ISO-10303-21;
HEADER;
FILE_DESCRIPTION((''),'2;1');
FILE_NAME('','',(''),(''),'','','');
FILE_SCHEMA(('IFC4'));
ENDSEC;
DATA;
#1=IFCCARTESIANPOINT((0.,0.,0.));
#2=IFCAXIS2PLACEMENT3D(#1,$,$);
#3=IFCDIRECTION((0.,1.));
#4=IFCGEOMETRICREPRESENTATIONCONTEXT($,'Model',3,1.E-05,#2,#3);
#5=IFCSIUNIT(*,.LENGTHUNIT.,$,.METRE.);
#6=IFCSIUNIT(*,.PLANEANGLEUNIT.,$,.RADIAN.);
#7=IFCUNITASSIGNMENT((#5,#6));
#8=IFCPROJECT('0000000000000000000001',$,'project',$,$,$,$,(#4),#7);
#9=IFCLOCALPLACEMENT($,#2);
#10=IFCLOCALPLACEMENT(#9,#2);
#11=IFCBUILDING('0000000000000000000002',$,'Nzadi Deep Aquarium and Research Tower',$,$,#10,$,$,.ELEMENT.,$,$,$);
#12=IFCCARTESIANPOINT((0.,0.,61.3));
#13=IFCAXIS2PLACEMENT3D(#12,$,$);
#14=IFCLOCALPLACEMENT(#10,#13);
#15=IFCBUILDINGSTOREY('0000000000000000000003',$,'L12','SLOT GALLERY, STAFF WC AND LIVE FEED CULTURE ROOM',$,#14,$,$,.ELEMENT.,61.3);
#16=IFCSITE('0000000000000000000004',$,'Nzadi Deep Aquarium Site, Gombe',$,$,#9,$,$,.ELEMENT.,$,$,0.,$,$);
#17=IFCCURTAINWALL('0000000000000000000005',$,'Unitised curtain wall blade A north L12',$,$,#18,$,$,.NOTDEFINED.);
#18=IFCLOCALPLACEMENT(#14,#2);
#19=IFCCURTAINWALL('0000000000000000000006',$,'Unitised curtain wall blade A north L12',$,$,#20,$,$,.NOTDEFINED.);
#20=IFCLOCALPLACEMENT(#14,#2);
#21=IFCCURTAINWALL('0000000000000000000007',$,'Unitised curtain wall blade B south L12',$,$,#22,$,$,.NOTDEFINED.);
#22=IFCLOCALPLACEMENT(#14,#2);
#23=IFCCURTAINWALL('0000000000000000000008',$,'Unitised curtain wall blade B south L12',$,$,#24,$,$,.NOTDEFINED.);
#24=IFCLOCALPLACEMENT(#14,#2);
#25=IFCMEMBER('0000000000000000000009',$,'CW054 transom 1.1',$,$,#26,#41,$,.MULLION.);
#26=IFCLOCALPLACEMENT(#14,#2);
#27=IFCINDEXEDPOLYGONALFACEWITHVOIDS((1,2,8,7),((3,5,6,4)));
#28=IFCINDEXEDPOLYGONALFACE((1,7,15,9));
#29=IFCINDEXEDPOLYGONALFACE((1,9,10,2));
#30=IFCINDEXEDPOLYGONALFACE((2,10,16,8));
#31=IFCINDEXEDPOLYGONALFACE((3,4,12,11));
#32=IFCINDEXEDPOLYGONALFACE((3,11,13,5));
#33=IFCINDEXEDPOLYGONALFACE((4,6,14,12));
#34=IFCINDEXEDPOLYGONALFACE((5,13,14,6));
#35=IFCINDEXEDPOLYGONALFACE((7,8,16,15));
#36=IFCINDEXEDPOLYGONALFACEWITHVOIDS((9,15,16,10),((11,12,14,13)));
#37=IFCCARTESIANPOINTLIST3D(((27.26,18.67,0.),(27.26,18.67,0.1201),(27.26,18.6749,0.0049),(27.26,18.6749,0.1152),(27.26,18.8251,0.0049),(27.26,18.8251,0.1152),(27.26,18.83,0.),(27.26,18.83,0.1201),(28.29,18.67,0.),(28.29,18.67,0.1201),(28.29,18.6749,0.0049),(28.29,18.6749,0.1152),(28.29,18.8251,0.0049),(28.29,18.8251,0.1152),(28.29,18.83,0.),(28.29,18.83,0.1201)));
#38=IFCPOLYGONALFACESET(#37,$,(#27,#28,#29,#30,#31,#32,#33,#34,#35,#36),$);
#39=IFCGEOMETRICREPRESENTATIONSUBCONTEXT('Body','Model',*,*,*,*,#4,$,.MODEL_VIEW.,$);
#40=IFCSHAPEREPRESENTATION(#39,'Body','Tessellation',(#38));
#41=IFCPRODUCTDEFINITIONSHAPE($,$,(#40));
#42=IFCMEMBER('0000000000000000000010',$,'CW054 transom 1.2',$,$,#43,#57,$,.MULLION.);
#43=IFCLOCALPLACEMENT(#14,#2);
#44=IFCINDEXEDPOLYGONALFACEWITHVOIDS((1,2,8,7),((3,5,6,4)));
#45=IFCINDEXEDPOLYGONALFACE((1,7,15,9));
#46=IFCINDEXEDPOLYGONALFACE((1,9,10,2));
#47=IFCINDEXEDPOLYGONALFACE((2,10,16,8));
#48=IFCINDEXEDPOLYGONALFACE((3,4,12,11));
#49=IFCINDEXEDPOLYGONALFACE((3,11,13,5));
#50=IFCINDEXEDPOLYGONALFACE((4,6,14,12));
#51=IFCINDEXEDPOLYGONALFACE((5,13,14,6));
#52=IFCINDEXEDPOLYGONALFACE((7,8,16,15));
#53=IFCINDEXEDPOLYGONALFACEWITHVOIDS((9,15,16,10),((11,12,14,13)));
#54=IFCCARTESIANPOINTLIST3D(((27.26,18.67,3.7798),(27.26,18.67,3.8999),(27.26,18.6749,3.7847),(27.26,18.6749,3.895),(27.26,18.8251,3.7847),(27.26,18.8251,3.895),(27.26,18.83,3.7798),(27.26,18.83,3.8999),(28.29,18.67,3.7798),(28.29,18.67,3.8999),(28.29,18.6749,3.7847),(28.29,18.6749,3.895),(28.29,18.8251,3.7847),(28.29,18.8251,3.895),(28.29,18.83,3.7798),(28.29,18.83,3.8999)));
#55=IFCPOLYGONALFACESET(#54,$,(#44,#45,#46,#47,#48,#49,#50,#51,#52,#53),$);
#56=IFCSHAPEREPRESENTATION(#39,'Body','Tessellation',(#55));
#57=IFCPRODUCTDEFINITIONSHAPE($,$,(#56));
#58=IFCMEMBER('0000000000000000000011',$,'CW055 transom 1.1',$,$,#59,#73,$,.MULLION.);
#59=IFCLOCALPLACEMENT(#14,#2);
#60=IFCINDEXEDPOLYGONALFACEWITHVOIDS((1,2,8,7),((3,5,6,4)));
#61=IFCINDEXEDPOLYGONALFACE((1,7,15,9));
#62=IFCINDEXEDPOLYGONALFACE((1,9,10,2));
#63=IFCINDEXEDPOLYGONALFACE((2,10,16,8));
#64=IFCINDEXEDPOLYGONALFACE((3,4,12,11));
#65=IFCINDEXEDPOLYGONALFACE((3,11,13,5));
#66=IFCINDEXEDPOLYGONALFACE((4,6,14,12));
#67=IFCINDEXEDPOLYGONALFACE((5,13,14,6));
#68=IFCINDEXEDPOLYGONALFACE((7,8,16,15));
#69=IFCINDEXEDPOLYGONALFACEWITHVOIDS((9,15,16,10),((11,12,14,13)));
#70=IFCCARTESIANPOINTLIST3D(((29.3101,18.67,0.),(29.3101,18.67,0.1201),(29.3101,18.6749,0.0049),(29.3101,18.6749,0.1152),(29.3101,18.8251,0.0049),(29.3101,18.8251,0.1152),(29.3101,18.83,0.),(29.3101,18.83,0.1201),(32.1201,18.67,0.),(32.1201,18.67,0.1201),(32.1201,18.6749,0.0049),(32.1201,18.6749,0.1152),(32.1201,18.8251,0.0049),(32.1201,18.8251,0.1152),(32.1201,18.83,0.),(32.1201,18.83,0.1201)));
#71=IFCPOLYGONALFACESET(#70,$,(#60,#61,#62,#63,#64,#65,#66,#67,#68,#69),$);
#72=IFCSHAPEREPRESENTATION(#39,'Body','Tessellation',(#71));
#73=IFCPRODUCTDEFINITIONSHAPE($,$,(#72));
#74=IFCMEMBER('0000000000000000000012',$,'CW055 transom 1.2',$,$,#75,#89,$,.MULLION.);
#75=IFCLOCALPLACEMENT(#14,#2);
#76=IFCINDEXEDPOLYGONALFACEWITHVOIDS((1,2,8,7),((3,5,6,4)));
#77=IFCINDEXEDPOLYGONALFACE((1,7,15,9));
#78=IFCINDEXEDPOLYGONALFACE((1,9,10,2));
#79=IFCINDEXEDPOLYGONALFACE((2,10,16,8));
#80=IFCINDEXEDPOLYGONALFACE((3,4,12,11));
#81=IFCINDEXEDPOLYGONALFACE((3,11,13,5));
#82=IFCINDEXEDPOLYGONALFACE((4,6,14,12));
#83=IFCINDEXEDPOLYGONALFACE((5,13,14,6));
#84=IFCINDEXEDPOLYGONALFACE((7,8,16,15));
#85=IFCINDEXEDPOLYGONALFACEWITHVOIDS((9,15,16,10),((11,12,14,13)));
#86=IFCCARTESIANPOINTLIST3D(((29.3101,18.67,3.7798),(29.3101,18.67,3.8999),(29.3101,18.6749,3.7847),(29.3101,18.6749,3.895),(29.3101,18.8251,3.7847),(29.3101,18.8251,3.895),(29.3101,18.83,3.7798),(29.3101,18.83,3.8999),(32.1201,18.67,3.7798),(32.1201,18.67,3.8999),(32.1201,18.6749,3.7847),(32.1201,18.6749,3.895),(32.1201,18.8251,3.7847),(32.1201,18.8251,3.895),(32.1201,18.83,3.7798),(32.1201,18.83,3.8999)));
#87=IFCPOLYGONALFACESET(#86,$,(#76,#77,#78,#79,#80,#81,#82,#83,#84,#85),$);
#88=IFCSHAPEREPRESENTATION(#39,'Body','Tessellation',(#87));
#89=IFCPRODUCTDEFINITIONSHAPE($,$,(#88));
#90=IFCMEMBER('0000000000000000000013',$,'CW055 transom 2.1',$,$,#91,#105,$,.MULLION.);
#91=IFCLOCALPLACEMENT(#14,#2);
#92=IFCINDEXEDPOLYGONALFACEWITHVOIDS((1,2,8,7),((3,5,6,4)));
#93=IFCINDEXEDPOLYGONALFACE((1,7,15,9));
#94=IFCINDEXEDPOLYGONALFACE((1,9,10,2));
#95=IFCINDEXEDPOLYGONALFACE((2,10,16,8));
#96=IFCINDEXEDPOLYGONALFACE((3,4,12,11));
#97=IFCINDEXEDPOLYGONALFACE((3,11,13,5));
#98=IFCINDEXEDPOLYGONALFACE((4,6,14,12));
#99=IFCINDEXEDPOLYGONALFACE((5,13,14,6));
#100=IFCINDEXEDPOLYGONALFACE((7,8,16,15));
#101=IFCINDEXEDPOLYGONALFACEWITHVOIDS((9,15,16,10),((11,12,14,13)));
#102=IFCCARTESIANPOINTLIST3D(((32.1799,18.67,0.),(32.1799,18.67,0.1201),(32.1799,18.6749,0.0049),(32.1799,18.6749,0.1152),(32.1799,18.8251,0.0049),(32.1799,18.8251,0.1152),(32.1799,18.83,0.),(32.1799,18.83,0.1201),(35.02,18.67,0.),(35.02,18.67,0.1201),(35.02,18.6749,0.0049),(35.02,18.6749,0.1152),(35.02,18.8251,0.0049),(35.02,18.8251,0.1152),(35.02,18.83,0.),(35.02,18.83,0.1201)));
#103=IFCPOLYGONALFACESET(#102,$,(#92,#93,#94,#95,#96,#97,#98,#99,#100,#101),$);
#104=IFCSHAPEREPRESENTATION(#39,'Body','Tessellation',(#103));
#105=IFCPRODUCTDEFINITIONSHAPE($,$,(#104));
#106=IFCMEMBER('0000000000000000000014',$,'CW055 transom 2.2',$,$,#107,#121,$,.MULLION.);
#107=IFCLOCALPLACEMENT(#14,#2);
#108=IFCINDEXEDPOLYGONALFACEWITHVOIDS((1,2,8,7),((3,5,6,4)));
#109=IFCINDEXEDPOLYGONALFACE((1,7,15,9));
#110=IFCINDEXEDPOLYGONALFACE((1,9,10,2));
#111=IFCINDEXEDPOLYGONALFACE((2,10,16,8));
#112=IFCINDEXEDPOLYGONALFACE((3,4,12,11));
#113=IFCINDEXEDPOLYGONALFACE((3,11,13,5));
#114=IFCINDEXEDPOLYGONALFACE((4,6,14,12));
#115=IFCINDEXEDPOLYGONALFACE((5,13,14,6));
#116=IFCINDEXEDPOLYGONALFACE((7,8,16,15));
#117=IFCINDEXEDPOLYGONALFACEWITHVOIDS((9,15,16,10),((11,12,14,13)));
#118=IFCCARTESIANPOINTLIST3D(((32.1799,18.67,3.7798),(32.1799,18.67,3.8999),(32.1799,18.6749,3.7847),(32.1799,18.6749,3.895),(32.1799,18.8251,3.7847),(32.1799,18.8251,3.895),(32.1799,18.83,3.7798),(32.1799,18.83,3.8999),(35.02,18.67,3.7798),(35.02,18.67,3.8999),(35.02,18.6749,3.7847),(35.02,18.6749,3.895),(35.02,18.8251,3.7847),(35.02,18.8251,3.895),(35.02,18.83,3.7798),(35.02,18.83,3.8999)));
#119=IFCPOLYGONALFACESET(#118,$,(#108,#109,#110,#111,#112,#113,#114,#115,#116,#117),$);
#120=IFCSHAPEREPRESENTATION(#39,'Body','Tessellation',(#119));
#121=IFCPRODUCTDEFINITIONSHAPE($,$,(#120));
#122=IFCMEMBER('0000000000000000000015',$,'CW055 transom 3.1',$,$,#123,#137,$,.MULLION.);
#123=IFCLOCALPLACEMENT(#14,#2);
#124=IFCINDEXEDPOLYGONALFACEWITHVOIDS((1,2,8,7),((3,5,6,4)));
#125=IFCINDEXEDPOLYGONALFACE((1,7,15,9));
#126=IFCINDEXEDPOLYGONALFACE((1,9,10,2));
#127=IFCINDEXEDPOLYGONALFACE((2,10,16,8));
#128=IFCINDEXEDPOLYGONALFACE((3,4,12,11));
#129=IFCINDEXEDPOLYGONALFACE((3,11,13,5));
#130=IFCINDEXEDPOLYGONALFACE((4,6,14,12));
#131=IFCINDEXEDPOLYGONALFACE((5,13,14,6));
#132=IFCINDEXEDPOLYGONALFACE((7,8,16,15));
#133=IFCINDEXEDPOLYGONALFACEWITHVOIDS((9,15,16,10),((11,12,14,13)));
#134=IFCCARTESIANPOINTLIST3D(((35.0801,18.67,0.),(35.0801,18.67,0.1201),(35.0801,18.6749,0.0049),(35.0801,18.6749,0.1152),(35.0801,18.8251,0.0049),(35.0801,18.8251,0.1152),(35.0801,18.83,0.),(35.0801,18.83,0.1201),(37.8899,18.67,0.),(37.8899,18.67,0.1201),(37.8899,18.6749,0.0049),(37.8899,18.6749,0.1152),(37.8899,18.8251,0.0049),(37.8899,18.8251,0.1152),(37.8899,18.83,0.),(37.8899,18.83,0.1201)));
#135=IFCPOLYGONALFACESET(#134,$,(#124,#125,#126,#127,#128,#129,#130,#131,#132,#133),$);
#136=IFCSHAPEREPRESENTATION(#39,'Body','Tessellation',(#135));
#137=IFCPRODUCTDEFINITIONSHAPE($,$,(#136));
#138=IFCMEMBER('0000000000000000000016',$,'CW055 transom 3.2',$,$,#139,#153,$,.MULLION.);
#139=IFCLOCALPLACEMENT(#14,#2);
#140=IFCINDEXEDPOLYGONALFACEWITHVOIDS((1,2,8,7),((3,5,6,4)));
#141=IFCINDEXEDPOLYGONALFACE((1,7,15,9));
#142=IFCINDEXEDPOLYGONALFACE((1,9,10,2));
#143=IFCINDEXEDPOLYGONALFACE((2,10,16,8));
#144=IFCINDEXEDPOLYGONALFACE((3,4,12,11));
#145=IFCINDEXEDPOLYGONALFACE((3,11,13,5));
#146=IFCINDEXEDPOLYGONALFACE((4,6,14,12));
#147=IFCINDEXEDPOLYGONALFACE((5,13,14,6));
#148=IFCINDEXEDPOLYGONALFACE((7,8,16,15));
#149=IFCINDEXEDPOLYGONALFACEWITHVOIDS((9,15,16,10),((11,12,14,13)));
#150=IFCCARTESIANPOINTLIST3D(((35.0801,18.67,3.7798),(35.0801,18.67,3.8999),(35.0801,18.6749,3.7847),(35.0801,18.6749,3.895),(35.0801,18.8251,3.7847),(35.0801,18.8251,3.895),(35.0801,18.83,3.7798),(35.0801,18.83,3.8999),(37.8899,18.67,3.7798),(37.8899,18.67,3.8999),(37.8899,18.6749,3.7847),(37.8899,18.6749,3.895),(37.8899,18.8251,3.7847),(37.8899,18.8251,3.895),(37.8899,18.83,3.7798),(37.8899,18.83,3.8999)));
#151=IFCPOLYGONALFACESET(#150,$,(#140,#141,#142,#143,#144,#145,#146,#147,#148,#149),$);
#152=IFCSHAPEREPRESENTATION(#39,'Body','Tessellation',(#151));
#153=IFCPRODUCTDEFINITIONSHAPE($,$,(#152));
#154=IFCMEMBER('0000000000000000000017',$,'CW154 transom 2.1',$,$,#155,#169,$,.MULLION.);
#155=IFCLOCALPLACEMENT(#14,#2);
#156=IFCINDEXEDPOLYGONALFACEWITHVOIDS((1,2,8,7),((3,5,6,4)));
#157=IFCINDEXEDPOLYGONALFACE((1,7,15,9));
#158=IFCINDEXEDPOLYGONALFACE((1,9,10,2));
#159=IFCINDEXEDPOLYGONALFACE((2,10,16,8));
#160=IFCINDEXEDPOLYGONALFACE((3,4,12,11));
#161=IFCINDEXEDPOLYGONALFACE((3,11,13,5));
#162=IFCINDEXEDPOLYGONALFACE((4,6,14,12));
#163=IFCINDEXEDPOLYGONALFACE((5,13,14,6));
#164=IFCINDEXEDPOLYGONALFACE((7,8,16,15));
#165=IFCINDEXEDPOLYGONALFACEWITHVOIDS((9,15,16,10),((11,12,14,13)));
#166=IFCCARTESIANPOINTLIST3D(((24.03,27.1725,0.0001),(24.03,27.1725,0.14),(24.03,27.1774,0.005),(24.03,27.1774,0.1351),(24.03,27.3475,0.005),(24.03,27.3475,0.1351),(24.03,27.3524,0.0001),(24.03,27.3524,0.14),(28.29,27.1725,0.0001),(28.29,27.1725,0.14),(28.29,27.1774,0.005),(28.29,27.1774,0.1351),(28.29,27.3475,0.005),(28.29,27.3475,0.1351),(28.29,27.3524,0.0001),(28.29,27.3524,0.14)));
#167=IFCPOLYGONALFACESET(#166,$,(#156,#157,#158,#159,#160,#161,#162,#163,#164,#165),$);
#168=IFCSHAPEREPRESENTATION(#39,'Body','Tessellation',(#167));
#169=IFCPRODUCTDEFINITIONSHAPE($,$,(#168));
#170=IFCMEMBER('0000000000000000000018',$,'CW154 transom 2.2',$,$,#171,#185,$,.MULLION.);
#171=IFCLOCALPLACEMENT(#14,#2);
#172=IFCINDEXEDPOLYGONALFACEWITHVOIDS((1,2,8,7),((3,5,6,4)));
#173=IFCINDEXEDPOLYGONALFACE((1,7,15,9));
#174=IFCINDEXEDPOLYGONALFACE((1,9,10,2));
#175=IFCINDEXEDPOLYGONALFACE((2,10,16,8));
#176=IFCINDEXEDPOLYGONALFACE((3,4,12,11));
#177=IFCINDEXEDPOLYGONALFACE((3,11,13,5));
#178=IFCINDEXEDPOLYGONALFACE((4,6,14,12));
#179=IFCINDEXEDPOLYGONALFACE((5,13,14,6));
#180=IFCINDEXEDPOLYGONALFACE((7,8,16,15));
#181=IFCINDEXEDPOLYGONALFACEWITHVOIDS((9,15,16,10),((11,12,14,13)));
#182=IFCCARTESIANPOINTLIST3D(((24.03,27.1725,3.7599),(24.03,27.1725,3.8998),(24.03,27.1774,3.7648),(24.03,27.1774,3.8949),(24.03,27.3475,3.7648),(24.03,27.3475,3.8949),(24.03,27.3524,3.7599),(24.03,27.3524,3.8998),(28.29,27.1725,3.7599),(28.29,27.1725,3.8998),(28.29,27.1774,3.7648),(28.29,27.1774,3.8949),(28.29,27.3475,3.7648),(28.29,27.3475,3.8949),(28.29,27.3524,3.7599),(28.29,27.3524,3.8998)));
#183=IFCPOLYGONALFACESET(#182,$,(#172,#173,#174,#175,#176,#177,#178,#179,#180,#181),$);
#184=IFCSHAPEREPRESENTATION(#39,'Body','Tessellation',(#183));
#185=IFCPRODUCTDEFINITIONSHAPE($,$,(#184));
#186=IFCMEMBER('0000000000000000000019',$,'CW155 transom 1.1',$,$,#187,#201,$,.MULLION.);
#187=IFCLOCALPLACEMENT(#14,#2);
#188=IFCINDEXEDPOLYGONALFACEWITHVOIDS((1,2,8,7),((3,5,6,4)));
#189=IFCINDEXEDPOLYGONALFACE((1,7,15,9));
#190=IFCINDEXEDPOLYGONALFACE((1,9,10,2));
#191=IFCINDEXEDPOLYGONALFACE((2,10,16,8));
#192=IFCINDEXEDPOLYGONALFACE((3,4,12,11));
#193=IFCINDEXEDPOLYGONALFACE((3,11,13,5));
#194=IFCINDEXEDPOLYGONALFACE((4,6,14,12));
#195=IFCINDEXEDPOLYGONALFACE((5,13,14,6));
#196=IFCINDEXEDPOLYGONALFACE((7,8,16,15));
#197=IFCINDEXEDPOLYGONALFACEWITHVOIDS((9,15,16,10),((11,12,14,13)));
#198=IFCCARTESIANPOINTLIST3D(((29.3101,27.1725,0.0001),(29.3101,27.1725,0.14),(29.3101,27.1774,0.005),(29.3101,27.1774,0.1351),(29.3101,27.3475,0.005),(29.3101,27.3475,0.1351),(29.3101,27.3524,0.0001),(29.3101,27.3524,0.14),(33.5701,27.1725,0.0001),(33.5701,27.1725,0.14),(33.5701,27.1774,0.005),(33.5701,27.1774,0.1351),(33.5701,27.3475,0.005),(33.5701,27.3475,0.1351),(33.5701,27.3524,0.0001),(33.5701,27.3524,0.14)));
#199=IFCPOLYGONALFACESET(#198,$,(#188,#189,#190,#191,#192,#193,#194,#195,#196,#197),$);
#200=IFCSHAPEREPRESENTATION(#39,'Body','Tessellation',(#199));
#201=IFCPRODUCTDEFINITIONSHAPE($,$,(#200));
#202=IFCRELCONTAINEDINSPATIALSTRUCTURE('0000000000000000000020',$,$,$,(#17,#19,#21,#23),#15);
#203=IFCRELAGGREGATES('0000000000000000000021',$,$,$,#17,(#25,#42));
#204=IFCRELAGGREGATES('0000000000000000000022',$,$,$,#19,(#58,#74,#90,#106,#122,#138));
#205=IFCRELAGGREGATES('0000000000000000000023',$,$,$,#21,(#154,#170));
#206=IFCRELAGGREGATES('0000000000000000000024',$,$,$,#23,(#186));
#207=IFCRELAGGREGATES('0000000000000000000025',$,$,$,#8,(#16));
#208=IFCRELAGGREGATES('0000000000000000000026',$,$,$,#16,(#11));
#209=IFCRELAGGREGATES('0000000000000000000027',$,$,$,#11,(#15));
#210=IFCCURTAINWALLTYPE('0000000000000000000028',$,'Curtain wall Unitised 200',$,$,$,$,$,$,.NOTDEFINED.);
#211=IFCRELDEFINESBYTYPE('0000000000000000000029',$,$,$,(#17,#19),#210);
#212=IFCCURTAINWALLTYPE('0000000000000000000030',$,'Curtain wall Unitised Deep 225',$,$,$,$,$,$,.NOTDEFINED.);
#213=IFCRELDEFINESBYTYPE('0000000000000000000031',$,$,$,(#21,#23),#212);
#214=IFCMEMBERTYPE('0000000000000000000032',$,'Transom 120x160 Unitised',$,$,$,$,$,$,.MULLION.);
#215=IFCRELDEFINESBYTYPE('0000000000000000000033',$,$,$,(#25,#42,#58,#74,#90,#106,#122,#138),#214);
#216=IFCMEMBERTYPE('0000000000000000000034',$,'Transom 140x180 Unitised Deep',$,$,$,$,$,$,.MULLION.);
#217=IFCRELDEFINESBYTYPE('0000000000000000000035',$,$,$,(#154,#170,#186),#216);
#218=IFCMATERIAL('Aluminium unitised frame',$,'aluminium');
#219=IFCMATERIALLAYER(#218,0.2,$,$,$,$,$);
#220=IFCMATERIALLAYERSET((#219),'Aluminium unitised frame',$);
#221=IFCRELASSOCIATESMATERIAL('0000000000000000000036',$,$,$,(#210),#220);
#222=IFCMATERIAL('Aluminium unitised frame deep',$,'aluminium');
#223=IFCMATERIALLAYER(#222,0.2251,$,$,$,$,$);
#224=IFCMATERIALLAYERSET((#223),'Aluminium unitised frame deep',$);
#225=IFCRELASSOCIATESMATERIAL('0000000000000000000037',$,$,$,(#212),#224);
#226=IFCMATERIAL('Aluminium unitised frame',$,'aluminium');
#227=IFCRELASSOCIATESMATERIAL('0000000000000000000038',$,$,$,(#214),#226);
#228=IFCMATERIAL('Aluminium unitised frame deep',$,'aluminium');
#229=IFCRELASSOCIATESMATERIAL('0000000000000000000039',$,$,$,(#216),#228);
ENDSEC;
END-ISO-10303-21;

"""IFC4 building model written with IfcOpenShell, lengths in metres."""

from ifc_helpers import new_model, si_unit, direction, frame, origin, origin_2d, place, context, subcontext, project, spatial, hollow_rectangle, extrude, material, layer, layer_set, material_profile, profile_set, type_object, element, aggregate, save


model = new_model("IFC4")

# Units and contexts
model_context = context("Model", 3, precision=1e-05, world=origin(), true_north=direction((0.0, 1.0)))
body_context = subcontext(model_context, "Body", "Model", "MODEL_VIEW")
ifc_project = project(units=[si_unit("LENGTHUNIT", "METRE"), si_unit("PLANEANGLEUNIT", "RADIAN")], contexts=[model_context])

# Site, building, storey
site_placement = place(None, origin())
site = spatial("IfcSite", under=ifc_project, at=site_placement, Name="Nzadi Deep Aquarium Site, Gombe", CompositionType="ELEMENT", RefElevation=0.0)
building_placement = place(site_placement, origin())
building = spatial("IfcBuilding", under=site, at=building_placement, Name="Nzadi Deep Aquarium and Research Tower", CompositionType="ELEMENT")
storey_placement = place(building_placement, frame((0.0, 0.0, 61.3)))
storey = spatial("IfcBuildingStorey", under=building, at=storey_placement, Name="L12", Description="SLOT GALLERY, STAFF WC AND LIVE FEED CULTURE ROOM", CompositionType="ELEMENT", Elevation=61.3)

# Curtain walls
ifc_material_1 = material(Name="Aluminium unitised frame", Category="aluminium")
ifc_layer_1 = layer(ifc_material_1, 0.2)
ifc_layer_set_1 = layer_set([ifc_layer_1], Name="Aluminium unitised frame")
curtain_wall_type_1 = type_object("IfcCurtainWallType", Name="Curtain wall Unitised 200", PredefinedType="NOTDEFINED", material=ifc_layer_set_1)
curtain_wall_1_placement = place(storey_placement, origin())
curtain_wall_1 = element("IfcCurtainWall", 1, at=curtain_wall_1_placement, inside=storey, type_object=curtain_wall_type_1, Name="Unitised curtain wall blade A north L12", PredefinedType="NOTDEFINED")
curtain_wall_2_placement = place(storey_placement, origin())
curtain_wall_2 = element("IfcCurtainWall", 2, at=curtain_wall_2_placement, inside=storey, type_object=curtain_wall_type_1, Name="Unitised curtain wall blade A north L12", PredefinedType="NOTDEFINED")
ifc_material_2 = material(Name="Aluminium unitised frame deep", Category="aluminium")
ifc_layer_2 = layer(ifc_material_2, 0.2251)
ifc_layer_set_2 = layer_set([ifc_layer_2], Name="Aluminium unitised frame deep")
curtain_wall_type_2 = type_object("IfcCurtainWallType", Name="Curtain wall Unitised Deep 225", PredefinedType="NOTDEFINED", material=ifc_layer_set_2)
curtain_wall_3_placement = place(storey_placement, origin())
curtain_wall_3 = element("IfcCurtainWall", 3, at=curtain_wall_3_placement, inside=storey, type_object=curtain_wall_type_2, Name="Unitised curtain wall blade B south L12", PredefinedType="NOTDEFINED")
curtain_wall_4_placement = place(storey_placement, origin())
curtain_wall_4 = element("IfcCurtainWall", 4, at=curtain_wall_4_placement, inside=storey, type_object=curtain_wall_type_2, Name="Unitised curtain wall blade B south L12", PredefinedType="NOTDEFINED")

# Members
ifc_material_3 = material(Name="Aluminium unitised frame", Category="aluminium")
ifc_material_profile_1 = material_profile(ifc_material_3, hollow_rectangle(XDim=0.1599, YDim=0.1201, WallThickness=0.0049, at=origin_2d()))
ifc_profile_set_1 = profile_set([ifc_material_profile_1], Name="Aluminium unitised frame")
member_type_1 = type_object("IfcMemberType", Name="Transom 120x160 Unitised", PredefinedType="MULLION", material=ifc_profile_set_1)
member_1_placement = place(storey_placement, frame((27.26, 18.75, 0.0601), z_axis=(1.0, 0.0, 0.0), x_axis=(0.0, 1.0, 0.0)))
member_1 = element("IfcMember", 5, at=member_1_placement, type_object=member_type_1, Name="CW054 transom 1.1", PredefinedType="MULLION", context=body_context, shape_type="SweptSolid", body=[
    extrude(hollow_rectangle(XDim=0.1599, YDim=0.1201, WallThickness=0.0049, at=origin_2d()), origin(), (0.0, 0.0, 1.0), 1.03),
])
member_2_placement = place(storey_placement, frame((27.26, 18.75, 3.8398), z_axis=(1.0, 0.0, 0.0), x_axis=(0.0, 1.0, 0.0)))
member_2 = element("IfcMember", 6, at=member_2_placement, type_object=member_type_1, Name="CW054 transom 1.2", PredefinedType="MULLION", context=body_context, shape_type="SweptSolid", body=[
    extrude(hollow_rectangle(XDim=0.1599, YDim=0.1201, WallThickness=0.0049, at=origin_2d()), origin(), (0.0, 0.0, 1.0), 1.03),
])
member_3_placement = place(storey_placement, frame((29.3101, 18.75, 0.0601), z_axis=(1.0, 0.0, 0.0), x_axis=(0.0, 1.0, 0.0)))
member_3 = element("IfcMember", 7, at=member_3_placement, type_object=member_type_1, Name="CW055 transom 1.1", PredefinedType="MULLION", context=body_context, shape_type="SweptSolid", body=[
    extrude(hollow_rectangle(XDim=0.1599, YDim=0.1201, WallThickness=0.0049, at=origin_2d()), origin(), (0.0, 0.0, 1.0), 2.8101),
])
member_4_placement = place(storey_placement, frame((29.3101, 18.75, 3.8398), z_axis=(1.0, 0.0, 0.0), x_axis=(0.0, 1.0, 0.0)))
member_4 = element("IfcMember", 8, at=member_4_placement, type_object=member_type_1, Name="CW055 transom 1.2", PredefinedType="MULLION", context=body_context, shape_type="SweptSolid", body=[
    extrude(hollow_rectangle(XDim=0.1599, YDim=0.1201, WallThickness=0.0049, at=origin_2d()), origin(), (0.0, 0.0, 1.0), 2.8101),
])
member_5_placement = place(storey_placement, frame((32.1799, 18.75, 0.0601), z_axis=(1.0, 0.0, 0.0), x_axis=(0.0, 1.0, 0.0)))
member_5 = element("IfcMember", 9, at=member_5_placement, type_object=member_type_1, Name="CW055 transom 2.1", PredefinedType="MULLION", context=body_context, shape_type="SweptSolid", body=[
    extrude(hollow_rectangle(XDim=0.1599, YDim=0.1201, WallThickness=0.0049, at=origin_2d()), origin(), (0.0, 0.0, 1.0), 2.8401),
])
member_6_placement = place(storey_placement, frame((32.1799, 18.75, 3.8398), z_axis=(1.0, 0.0, 0.0), x_axis=(0.0, 1.0, 0.0)))
member_6 = element("IfcMember", 10, at=member_6_placement, type_object=member_type_1, Name="CW055 transom 2.2", PredefinedType="MULLION", context=body_context, shape_type="SweptSolid", body=[
    extrude(hollow_rectangle(XDim=0.1599, YDim=0.1201, WallThickness=0.0049, at=origin_2d()), origin(), (0.0, 0.0, 1.0), 2.8401),
])
member_7_placement = place(storey_placement, frame((35.0801, 18.75, 0.0601), z_axis=(1.0, 0.0, 0.0), x_axis=(0.0, 1.0, 0.0)))
member_7 = element("IfcMember", 11, at=member_7_placement, type_object=member_type_1, Name="CW055 transom 3.1", PredefinedType="MULLION", context=body_context, shape_type="SweptSolid", body=[
    extrude(hollow_rectangle(XDim=0.1599, YDim=0.1201, WallThickness=0.0049, at=origin_2d()), origin(), (0.0, 0.0, 1.0), 2.8098),
])
member_8_placement = place(storey_placement, frame((35.0801, 18.75, 3.8398), z_axis=(1.0, 0.0, 0.0), x_axis=(0.0, 1.0, 0.0)))
member_8 = element("IfcMember", 12, at=member_8_placement, type_object=member_type_1, Name="CW055 transom 3.2", PredefinedType="MULLION", context=body_context, shape_type="SweptSolid", body=[
    extrude(hollow_rectangle(XDim=0.1599, YDim=0.1201, WallThickness=0.0049, at=origin_2d()), origin(), (0.0, 0.0, 1.0), 2.8098),
])
ifc_material_4 = material(Name="Aluminium unitised frame deep", Category="aluminium")
ifc_material_profile_2 = material_profile(ifc_material_4, hollow_rectangle(XDim=0.1799, YDim=0.1399, WallThickness=0.0049, at=origin_2d()))
ifc_profile_set_2 = profile_set([ifc_material_profile_2], Name="Aluminium unitised frame deep")
member_type_2 = type_object("IfcMemberType", Name="Transom 140x180 Unitised Deep", PredefinedType="MULLION", material=ifc_profile_set_2)
member_9_placement = place(storey_placement, frame((24.03, 27.2625, 0.0701), z_axis=(1.0, 0.0, 0.0), x_axis=(0.0, 1.0, 0.0)))
member_9 = element("IfcMember", 13, at=member_9_placement, type_object=member_type_2, Name="CW154 transom 2.1", PredefinedType="MULLION", context=body_context, shape_type="SweptSolid", body=[
    extrude(hollow_rectangle(XDim=0.1799, YDim=0.1399, WallThickness=0.0049, at=origin_2d()), origin(), (0.0, 0.0, 1.0), 4.26),
])
member_10_placement = place(storey_placement, frame((24.03, 27.2625, 3.8298), z_axis=(1.0, 0.0, 0.0), x_axis=(0.0, 1.0, 0.0)))
member_10 = element("IfcMember", 14, at=member_10_placement, type_object=member_type_2, Name="CW154 transom 2.2", PredefinedType="MULLION", context=body_context, shape_type="SweptSolid", body=[
    extrude(hollow_rectangle(XDim=0.1799, YDim=0.1399, WallThickness=0.0049, at=origin_2d()), origin(), (0.0, 0.0, 1.0), 4.26),
])
member_11_placement = place(storey_placement, frame((29.3101, 27.2625, 0.0701), z_axis=(1.0, 0.0, 0.0), x_axis=(0.0, 1.0, 0.0)))
member_11 = element("IfcMember", 15, at=member_11_placement, type_object=member_type_2, Name="CW155 transom 1.1", PredefinedType="MULLION", context=body_context, shape_type="SweptSolid", body=[
    extrude(hollow_rectangle(XDim=0.1799, YDim=0.1399, WallThickness=0.0049, at=origin_2d()), origin(), (0.0, 0.0, 1.0), 4.26),
])

aggregate(curtain_wall_1, [member_1, member_2])
aggregate(curtain_wall_2, [member_3, member_4, member_5, member_6, member_7, member_8])
aggregate(curtain_wall_3, [member_9, member_10])
aggregate(curtain_wall_4, [member_11])

save(model, "model.ifc")
